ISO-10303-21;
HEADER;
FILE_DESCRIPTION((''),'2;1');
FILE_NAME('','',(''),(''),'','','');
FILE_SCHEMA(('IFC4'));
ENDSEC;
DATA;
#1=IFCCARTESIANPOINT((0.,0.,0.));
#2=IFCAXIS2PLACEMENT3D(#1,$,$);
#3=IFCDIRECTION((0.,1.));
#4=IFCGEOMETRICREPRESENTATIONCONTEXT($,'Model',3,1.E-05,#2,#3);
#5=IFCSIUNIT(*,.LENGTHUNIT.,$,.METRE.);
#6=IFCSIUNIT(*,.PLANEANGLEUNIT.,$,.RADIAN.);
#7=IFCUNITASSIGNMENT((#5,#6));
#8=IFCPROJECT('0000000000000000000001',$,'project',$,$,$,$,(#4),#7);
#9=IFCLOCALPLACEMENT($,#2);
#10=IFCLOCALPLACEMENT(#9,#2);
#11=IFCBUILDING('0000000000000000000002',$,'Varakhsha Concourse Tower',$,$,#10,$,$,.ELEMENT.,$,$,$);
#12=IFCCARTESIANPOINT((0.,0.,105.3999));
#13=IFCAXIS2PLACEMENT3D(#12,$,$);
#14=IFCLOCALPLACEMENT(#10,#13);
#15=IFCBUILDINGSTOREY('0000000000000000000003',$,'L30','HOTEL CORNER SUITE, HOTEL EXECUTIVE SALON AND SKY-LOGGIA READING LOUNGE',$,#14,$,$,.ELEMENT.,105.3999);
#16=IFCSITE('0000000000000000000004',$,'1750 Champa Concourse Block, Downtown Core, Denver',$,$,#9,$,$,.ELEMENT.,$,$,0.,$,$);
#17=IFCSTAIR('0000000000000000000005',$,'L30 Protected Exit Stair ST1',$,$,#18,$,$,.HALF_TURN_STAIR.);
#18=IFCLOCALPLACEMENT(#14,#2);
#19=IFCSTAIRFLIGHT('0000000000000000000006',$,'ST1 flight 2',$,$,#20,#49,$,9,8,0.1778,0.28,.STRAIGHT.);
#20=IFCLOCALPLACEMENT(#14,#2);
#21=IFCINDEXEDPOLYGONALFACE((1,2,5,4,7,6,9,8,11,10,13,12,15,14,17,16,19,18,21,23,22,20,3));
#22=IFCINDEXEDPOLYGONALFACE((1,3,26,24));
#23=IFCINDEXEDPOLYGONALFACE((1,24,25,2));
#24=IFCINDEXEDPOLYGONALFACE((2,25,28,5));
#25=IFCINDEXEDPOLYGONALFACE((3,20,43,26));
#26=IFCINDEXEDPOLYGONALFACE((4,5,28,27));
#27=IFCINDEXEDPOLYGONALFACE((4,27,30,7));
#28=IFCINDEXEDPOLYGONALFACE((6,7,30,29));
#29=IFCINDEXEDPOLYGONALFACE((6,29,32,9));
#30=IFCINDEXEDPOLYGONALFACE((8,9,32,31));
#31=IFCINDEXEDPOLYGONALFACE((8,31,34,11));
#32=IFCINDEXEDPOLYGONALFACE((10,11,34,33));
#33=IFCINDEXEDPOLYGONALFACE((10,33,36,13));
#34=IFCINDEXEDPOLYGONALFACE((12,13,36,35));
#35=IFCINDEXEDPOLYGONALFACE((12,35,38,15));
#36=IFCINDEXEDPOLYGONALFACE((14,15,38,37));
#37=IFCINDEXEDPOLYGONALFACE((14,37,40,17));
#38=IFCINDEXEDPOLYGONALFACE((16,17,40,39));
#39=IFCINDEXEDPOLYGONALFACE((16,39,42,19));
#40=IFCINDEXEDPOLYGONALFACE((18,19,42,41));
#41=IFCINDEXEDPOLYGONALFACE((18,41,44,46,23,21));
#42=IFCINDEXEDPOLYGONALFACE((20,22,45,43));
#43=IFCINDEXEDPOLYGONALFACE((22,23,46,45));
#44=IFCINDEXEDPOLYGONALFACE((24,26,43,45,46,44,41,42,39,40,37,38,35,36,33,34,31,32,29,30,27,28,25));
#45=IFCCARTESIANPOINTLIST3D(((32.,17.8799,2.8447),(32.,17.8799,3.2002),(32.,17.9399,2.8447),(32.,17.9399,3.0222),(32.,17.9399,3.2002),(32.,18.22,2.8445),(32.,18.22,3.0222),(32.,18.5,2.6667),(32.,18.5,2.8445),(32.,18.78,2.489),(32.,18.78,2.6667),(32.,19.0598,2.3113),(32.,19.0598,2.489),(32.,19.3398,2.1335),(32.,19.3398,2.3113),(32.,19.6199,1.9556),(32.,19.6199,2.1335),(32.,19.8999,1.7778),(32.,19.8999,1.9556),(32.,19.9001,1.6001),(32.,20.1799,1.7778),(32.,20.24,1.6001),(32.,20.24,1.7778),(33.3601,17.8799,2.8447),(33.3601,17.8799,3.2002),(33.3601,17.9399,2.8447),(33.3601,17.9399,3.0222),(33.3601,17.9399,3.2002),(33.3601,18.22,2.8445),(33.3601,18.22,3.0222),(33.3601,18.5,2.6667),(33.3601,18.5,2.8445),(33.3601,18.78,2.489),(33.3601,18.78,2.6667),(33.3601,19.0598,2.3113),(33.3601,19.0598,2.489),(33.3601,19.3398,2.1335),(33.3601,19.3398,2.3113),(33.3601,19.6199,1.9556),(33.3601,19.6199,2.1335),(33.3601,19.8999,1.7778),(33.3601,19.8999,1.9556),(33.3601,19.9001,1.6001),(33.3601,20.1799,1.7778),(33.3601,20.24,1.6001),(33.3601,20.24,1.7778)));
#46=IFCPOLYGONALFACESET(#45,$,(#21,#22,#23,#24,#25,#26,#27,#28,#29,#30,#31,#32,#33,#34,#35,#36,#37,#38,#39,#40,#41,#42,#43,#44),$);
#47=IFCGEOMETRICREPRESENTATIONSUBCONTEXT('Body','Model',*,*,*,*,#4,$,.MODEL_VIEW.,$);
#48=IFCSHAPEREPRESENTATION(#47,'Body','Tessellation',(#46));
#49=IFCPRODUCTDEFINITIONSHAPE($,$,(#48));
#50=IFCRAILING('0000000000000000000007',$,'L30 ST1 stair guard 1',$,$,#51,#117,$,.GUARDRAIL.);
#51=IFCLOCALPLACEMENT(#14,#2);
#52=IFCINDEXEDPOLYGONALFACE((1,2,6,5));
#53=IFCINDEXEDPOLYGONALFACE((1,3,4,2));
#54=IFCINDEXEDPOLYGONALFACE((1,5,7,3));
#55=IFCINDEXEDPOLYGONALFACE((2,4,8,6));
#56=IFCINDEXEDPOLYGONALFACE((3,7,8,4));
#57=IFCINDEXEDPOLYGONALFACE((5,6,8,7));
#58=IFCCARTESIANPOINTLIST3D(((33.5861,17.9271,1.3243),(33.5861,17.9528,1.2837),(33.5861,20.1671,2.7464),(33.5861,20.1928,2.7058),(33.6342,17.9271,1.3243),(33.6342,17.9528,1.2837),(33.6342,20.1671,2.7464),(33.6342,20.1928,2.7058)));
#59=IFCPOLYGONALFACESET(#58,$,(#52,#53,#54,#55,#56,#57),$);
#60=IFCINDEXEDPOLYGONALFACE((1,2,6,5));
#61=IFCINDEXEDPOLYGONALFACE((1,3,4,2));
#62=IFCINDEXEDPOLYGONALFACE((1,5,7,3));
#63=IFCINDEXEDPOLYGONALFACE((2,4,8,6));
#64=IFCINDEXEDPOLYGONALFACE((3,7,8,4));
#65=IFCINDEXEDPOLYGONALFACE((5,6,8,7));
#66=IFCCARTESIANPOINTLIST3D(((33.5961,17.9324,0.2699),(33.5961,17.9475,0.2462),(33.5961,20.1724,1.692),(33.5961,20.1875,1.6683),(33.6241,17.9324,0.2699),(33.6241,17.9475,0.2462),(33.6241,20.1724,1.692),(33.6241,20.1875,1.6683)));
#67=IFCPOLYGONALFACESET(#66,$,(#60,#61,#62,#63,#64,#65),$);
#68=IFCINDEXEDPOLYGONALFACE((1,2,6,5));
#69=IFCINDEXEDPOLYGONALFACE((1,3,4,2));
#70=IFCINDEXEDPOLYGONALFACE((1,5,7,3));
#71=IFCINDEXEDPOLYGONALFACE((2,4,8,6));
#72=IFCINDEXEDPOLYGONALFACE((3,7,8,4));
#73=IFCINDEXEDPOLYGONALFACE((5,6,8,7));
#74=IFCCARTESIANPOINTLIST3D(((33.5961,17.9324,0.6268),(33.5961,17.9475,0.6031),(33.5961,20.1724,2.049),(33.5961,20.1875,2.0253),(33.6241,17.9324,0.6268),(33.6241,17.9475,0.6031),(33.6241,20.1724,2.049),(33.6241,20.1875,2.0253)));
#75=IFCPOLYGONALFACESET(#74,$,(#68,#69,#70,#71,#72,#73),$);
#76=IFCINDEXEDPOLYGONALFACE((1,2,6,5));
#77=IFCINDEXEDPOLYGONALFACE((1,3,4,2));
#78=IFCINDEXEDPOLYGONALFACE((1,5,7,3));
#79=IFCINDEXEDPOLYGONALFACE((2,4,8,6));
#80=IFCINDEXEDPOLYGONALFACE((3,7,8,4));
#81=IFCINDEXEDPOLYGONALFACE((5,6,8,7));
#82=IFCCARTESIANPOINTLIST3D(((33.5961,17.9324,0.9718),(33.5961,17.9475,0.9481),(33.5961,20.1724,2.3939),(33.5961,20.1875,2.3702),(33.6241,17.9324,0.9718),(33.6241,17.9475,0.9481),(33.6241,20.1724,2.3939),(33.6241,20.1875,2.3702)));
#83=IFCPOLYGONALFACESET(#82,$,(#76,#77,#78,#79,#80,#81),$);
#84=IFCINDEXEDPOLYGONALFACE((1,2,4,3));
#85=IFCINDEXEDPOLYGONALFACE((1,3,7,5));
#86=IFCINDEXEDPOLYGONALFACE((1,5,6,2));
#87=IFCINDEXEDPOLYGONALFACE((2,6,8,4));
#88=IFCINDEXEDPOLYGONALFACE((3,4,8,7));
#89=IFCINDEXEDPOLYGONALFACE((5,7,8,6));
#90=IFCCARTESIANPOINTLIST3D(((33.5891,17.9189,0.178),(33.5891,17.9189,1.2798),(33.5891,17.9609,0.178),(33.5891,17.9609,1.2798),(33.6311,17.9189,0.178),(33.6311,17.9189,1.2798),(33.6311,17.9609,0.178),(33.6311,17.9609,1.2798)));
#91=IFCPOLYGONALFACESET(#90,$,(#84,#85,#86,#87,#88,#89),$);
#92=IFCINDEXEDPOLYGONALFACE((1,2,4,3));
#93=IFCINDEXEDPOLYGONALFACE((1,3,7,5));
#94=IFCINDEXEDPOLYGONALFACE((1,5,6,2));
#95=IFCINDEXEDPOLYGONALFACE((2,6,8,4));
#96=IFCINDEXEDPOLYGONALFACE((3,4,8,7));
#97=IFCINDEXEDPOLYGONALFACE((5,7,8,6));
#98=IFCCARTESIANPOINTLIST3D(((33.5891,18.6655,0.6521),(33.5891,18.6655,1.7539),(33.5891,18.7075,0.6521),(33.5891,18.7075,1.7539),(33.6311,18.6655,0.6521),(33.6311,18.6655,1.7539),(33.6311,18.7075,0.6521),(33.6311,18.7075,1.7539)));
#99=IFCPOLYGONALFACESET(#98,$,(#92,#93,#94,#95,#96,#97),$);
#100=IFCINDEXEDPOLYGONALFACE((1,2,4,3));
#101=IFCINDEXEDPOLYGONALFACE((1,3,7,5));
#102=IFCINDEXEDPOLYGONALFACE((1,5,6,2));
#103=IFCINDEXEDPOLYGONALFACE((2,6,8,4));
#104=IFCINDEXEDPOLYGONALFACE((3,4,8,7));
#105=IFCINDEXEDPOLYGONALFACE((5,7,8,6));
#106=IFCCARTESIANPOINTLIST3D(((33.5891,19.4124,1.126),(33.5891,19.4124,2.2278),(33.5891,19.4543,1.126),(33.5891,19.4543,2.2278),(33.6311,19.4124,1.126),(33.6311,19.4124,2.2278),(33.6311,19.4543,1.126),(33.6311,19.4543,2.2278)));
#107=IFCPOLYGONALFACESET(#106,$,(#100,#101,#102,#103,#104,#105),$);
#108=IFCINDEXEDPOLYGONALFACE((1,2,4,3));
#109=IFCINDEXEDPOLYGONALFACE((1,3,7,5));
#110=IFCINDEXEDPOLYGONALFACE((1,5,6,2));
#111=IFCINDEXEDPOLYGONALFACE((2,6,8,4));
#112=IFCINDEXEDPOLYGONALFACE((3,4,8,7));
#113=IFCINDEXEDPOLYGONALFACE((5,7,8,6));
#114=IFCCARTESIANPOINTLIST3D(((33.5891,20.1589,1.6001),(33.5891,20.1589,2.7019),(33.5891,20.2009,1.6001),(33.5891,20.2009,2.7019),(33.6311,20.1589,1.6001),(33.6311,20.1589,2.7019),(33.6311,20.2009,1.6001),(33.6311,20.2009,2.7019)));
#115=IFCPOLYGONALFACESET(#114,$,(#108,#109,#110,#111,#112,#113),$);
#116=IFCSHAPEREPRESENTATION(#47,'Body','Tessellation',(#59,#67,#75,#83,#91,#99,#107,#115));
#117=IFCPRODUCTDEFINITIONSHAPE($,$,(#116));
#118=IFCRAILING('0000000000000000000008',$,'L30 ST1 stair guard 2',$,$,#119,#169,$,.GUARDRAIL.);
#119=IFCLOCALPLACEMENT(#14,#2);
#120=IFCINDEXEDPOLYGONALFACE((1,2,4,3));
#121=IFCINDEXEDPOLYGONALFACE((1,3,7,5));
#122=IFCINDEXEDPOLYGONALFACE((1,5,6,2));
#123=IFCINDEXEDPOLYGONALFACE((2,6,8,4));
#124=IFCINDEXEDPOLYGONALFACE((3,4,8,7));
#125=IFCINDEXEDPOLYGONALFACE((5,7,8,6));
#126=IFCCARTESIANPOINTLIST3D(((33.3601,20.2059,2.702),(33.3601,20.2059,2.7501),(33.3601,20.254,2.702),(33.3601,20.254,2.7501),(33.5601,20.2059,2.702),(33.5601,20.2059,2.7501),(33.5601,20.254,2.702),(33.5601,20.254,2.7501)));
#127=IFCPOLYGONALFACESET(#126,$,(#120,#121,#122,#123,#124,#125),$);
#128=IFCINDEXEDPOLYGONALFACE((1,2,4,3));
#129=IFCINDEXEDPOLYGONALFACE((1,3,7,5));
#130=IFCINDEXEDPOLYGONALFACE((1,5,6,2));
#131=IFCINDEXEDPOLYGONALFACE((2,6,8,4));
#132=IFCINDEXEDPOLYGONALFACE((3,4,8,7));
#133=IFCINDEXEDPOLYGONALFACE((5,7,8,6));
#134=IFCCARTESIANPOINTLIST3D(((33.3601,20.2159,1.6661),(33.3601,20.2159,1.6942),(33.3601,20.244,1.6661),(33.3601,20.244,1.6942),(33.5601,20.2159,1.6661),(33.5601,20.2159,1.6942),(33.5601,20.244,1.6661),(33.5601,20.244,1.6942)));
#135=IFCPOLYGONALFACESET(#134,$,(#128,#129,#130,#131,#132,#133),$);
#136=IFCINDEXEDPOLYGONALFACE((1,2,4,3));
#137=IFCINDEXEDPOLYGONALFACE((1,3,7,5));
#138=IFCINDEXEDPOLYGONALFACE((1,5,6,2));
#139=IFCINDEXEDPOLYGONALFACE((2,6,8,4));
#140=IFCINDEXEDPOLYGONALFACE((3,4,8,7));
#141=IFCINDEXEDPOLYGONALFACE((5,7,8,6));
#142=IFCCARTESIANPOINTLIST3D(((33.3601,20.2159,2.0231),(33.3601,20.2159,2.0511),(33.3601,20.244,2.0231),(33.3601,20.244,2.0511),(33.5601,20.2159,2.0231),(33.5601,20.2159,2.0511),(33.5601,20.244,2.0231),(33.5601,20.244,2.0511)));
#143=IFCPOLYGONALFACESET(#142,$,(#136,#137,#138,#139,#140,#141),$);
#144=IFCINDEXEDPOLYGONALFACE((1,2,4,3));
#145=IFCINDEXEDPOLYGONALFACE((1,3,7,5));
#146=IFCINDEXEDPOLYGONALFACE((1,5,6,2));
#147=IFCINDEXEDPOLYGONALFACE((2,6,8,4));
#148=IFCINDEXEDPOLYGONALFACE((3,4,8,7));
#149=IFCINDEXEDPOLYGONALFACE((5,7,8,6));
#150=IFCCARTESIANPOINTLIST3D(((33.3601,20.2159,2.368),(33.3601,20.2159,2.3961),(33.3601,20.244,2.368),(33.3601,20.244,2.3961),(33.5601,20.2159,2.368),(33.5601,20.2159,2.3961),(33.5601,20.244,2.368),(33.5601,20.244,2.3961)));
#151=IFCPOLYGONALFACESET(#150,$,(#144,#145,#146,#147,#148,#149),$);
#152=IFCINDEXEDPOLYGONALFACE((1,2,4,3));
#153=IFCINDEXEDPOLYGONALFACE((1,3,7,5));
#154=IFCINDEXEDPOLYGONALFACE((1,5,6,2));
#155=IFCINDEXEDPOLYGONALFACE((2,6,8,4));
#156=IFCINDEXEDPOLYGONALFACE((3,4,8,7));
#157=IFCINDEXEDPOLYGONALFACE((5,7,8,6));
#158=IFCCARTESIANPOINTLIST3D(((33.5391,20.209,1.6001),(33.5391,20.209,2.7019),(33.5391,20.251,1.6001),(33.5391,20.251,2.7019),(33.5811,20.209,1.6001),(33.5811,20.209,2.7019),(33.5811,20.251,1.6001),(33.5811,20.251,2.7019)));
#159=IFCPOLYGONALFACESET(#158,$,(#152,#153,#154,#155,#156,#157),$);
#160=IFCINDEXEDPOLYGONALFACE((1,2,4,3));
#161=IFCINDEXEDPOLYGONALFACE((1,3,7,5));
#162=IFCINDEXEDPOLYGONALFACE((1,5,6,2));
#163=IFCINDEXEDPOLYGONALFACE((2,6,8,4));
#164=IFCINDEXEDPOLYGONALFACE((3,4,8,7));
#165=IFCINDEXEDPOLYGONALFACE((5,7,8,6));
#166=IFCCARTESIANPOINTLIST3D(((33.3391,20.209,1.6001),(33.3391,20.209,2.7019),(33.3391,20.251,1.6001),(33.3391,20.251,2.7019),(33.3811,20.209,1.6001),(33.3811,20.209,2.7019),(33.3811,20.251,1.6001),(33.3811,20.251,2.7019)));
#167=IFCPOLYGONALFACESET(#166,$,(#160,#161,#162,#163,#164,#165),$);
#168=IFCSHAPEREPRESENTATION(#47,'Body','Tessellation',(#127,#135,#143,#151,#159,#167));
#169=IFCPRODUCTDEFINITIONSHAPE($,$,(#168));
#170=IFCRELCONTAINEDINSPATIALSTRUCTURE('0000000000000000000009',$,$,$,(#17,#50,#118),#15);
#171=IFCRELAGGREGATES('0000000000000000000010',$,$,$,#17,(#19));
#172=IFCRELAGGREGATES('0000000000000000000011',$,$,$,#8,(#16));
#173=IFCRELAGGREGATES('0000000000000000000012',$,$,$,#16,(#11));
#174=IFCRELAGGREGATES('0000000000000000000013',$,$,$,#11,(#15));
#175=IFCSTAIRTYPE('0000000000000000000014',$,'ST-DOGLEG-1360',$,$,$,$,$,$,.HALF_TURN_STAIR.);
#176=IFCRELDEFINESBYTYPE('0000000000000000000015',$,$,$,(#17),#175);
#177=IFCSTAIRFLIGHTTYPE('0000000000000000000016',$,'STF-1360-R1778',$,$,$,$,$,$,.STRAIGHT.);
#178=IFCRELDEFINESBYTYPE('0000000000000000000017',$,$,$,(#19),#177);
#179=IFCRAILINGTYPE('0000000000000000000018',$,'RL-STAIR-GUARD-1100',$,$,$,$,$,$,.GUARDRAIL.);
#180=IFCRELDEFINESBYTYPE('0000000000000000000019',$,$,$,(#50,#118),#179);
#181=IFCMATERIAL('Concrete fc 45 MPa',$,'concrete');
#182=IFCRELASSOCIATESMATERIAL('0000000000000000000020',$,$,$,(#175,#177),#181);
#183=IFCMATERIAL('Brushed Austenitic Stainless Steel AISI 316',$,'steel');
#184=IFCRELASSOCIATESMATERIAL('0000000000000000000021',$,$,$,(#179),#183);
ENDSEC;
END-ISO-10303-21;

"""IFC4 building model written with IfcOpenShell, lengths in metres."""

from ifc_helpers import new_model, si_unit, direction, frame, origin, origin_2d, place, context, subcontext, project, spatial, polyline, rectangle, outline, extrude, material, type_object, element, aggregate, save


model = new_model("IFC4")

# Units and contexts
model_context = context("Model", 3, precision=1e-05, world=origin(), true_north=direction((0.0, 1.0)))
body_context = subcontext(model_context, "Body", "Model", "MODEL_VIEW")
ifc_project = project(units=[si_unit("LENGTHUNIT", "METRE"), si_unit("PLANEANGLEUNIT", "RADIAN")], contexts=[model_context])

# Site, building, storey
site_placement = place(None, origin())
site = spatial("IfcSite", under=ifc_project, at=site_placement, Name="1750 Champa Concourse Block, Downtown Core, Denver", CompositionType="ELEMENT", RefElevation=0.0)
building_placement = place(site_placement, origin())
building = spatial("IfcBuilding", under=site, at=building_placement, Name="Varakhsha Concourse Tower", CompositionType="ELEMENT")
storey_placement = place(building_placement, frame((0.0, 0.0, 105.3999)))
storey = spatial("IfcBuildingStorey", under=building, at=storey_placement, Name="L30", Description="HOTEL CORNER SUITE, HOTEL EXECUTIVE SALON AND SKY-LOGGIA READING LOUNGE", CompositionType="ELEMENT", Elevation=105.3999)

# Shared definitions
ifc_material_1 = material(Name="Concrete fc 45 MPa", Category="concrete")

# Stair, stair flight
stair_type = type_object("IfcStairType", Name="ST-DOGLEG-1360", PredefinedType="HALF_TURN_STAIR", material=ifc_material_1)
stair_placement = place(storey_placement, origin())
stair = element("IfcStair", 1, at=stair_placement, inside=storey, type_object=stair_type, Name="L30 Protected Exit Stair ST1", PredefinedType="HALF_TURN_STAIR")
stair_flight_type = type_object("IfcStairFlightType", Name="STF-1360-R1778", PredefinedType="STRAIGHT", material=ifc_material_1)
stair_flight_1_placement = place(storey_placement, frame((32.6799, 20.1799, 1.6001), z_axis=(0.0, 0.0, 1.0), x_axis=(0.0, -1.0, 0.0)))
stair_flight_1 = element("IfcStairFlight", 2, at=stair_flight_1_placement, type_object=stair_flight_type, Name="ST1 flight 2", NumberOfRisers=9, NumberOfTreads=8, PredefinedType="STRAIGHT", RiserHeight=0.1778, TreadLength=0.28, context=body_context, shape_type="SweptSolid", body=[
    extrude(outline(polyline([(-0.0601, 0.0), (-0.0601, 0.1777), (0.0, 0.1777), (0.28, 0.1777), (0.28, 0.3555), (0.5601, 0.3555), (0.5601, 0.5334), (0.8401, 0.5334), (0.8401, 0.7112), (1.1201, 0.7112), (1.1201, 0.8889), (1.3999, 0.8889), (1.3999, 1.0667), (1.6799, 1.0667), (1.6799, 1.2444), (1.96, 1.2444), (1.96, 1.4221), (2.24, 1.4221), (2.24, 1.6001), (2.3, 1.6001), (2.3, 1.2446), (2.24, 1.2446), (0.2798, 0.0), (-0.0601, 0.0)])), frame((0.0, 0.6802, 0.0), z_axis=(0.0, -1.0, 0.0), x_axis=(1.0, 0.0, 0.0)), (0.0, 0.0, 1.0), 1.3601),
])
aggregate(stair, [stair_flight_1])

# Railings
ifc_material_2 = material(Name="Brushed Austenitic Stainless Steel AISI 316", Category="steel")
railing_type_1 = type_object("IfcRailingType", Name="RL-STAIR-GUARD-1100", PredefinedType="GUARDRAIL", material=ifc_material_2)
railing_1_placement = place(storey_placement, frame((33.6101, 17.9399, 0.178)))
element("IfcRailing", 3, at=railing_1_placement, inside=storey, type_object=railing_type_1, Name="L30 ST1 stair guard 1", PredefinedType="GUARDRAIL", context=body_context, shape_type="SweptSolid", body=[
    extrude(rectangle(XDim=0.0481, YDim=0.0481, at=origin_2d()), frame((0.0, 0.0, 1.126), z_axis=(0.0, 0.844229, 0.535982), x_axis=(-1.0, 0.0, 0.0)), (0.0, 0.0, 1.0), 2.6533),
    extrude(rectangle(XDim=0.0281, YDim=0.0281, at=origin_2d()), frame((0.0, 0.0, 0.0801), z_axis=(0.0, 0.844229, 0.535982), x_axis=(-1.0, 0.0, 0.0)), (0.0, 0.0, 1.0), 2.6533),
    extrude(rectangle(XDim=0.0281, YDim=0.0281, at=origin_2d()), frame((0.0, 0.0, 0.437), z_axis=(0.0, 0.844229, 0.535982), x_axis=(-1.0, 0.0, 0.0)), (0.0, 0.0, 1.0), 2.6533),
    extrude(rectangle(XDim=0.0281, YDim=0.0281, at=origin_2d()), frame((0.0, 0.0, 0.782), z_axis=(0.0, 0.844229, 0.535982), x_axis=(-1.0, 0.0, 0.0)), (0.0, 0.0, 1.0), 2.6533),
    extrude(rectangle(XDim=0.042, YDim=0.042, at=origin_2d()), origin(), (0.0, 0.0, 1.0), 1.1018),
    extrude(rectangle(XDim=0.042, YDim=0.042, at=origin_2d()), frame((0.0, 0.7466, 0.4741)), (0.0, 0.0, 1.0), 1.1018),
    extrude(rectangle(XDim=0.042, YDim=0.042, at=origin_2d()), frame((0.0, 1.4934, 0.948)), (0.0, 0.0, 1.0), 1.1018),
    extrude(rectangle(XDim=0.042, YDim=0.042, at=origin_2d()), frame((0.0, 2.24, 1.4221)), (0.0, 0.0, 1.0), 1.1018),
])
railing_2_placement = place(storey_placement, frame((33.5601, 20.23, 1.6001)))
element("IfcRailing", 4, at=railing_2_placement, inside=storey, type_object=railing_type_1, Name="L30 ST1 stair guard 2", PredefinedType="GUARDRAIL", context=body_context, shape_type="SweptSolid", body=[
    extrude(rectangle(XDim=0.0481, YDim=0.0481, at=origin_2d()), frame((0.0, 0.0, 1.126), z_axis=(-1.0, 0.0, 0.0), x_axis=(0.0, -1.0, 0.0)), (0.0, 0.0, 1.0), 0.2),
    extrude(rectangle(XDim=0.0281, YDim=0.0281, at=origin_2d()), frame((0.0, 0.0, 0.0801), z_axis=(-1.0, 0.0, 0.0), x_axis=(0.0, -1.0, 0.0)), (0.0, 0.0, 1.0), 0.2),
    extrude(rectangle(XDim=0.0281, YDim=0.0281, at=origin_2d()), frame((0.0, 0.0, 0.437), z_axis=(-1.0, 0.0, 0.0), x_axis=(0.0, -1.0, 0.0)), (0.0, 0.0, 1.0), 0.2),
    extrude(rectangle(XDim=0.0281, YDim=0.0281, at=origin_2d()), frame((0.0, 0.0, 0.782), z_axis=(-1.0, 0.0, 0.0), x_axis=(0.0, -1.0, 0.0)), (0.0, 0.0, 1.0), 0.2),
    extrude(rectangle(XDim=0.042, YDim=0.042, at=origin_2d()), origin(), (0.0, 0.0, 1.0), 1.1018),
    extrude(rectangle(XDim=0.042, YDim=0.042, at=origin_2d()), frame((-0.2, 0.0, 0.0)), (0.0, 0.0, 1.0), 1.1018),
])

save(model, "model.ifc")
